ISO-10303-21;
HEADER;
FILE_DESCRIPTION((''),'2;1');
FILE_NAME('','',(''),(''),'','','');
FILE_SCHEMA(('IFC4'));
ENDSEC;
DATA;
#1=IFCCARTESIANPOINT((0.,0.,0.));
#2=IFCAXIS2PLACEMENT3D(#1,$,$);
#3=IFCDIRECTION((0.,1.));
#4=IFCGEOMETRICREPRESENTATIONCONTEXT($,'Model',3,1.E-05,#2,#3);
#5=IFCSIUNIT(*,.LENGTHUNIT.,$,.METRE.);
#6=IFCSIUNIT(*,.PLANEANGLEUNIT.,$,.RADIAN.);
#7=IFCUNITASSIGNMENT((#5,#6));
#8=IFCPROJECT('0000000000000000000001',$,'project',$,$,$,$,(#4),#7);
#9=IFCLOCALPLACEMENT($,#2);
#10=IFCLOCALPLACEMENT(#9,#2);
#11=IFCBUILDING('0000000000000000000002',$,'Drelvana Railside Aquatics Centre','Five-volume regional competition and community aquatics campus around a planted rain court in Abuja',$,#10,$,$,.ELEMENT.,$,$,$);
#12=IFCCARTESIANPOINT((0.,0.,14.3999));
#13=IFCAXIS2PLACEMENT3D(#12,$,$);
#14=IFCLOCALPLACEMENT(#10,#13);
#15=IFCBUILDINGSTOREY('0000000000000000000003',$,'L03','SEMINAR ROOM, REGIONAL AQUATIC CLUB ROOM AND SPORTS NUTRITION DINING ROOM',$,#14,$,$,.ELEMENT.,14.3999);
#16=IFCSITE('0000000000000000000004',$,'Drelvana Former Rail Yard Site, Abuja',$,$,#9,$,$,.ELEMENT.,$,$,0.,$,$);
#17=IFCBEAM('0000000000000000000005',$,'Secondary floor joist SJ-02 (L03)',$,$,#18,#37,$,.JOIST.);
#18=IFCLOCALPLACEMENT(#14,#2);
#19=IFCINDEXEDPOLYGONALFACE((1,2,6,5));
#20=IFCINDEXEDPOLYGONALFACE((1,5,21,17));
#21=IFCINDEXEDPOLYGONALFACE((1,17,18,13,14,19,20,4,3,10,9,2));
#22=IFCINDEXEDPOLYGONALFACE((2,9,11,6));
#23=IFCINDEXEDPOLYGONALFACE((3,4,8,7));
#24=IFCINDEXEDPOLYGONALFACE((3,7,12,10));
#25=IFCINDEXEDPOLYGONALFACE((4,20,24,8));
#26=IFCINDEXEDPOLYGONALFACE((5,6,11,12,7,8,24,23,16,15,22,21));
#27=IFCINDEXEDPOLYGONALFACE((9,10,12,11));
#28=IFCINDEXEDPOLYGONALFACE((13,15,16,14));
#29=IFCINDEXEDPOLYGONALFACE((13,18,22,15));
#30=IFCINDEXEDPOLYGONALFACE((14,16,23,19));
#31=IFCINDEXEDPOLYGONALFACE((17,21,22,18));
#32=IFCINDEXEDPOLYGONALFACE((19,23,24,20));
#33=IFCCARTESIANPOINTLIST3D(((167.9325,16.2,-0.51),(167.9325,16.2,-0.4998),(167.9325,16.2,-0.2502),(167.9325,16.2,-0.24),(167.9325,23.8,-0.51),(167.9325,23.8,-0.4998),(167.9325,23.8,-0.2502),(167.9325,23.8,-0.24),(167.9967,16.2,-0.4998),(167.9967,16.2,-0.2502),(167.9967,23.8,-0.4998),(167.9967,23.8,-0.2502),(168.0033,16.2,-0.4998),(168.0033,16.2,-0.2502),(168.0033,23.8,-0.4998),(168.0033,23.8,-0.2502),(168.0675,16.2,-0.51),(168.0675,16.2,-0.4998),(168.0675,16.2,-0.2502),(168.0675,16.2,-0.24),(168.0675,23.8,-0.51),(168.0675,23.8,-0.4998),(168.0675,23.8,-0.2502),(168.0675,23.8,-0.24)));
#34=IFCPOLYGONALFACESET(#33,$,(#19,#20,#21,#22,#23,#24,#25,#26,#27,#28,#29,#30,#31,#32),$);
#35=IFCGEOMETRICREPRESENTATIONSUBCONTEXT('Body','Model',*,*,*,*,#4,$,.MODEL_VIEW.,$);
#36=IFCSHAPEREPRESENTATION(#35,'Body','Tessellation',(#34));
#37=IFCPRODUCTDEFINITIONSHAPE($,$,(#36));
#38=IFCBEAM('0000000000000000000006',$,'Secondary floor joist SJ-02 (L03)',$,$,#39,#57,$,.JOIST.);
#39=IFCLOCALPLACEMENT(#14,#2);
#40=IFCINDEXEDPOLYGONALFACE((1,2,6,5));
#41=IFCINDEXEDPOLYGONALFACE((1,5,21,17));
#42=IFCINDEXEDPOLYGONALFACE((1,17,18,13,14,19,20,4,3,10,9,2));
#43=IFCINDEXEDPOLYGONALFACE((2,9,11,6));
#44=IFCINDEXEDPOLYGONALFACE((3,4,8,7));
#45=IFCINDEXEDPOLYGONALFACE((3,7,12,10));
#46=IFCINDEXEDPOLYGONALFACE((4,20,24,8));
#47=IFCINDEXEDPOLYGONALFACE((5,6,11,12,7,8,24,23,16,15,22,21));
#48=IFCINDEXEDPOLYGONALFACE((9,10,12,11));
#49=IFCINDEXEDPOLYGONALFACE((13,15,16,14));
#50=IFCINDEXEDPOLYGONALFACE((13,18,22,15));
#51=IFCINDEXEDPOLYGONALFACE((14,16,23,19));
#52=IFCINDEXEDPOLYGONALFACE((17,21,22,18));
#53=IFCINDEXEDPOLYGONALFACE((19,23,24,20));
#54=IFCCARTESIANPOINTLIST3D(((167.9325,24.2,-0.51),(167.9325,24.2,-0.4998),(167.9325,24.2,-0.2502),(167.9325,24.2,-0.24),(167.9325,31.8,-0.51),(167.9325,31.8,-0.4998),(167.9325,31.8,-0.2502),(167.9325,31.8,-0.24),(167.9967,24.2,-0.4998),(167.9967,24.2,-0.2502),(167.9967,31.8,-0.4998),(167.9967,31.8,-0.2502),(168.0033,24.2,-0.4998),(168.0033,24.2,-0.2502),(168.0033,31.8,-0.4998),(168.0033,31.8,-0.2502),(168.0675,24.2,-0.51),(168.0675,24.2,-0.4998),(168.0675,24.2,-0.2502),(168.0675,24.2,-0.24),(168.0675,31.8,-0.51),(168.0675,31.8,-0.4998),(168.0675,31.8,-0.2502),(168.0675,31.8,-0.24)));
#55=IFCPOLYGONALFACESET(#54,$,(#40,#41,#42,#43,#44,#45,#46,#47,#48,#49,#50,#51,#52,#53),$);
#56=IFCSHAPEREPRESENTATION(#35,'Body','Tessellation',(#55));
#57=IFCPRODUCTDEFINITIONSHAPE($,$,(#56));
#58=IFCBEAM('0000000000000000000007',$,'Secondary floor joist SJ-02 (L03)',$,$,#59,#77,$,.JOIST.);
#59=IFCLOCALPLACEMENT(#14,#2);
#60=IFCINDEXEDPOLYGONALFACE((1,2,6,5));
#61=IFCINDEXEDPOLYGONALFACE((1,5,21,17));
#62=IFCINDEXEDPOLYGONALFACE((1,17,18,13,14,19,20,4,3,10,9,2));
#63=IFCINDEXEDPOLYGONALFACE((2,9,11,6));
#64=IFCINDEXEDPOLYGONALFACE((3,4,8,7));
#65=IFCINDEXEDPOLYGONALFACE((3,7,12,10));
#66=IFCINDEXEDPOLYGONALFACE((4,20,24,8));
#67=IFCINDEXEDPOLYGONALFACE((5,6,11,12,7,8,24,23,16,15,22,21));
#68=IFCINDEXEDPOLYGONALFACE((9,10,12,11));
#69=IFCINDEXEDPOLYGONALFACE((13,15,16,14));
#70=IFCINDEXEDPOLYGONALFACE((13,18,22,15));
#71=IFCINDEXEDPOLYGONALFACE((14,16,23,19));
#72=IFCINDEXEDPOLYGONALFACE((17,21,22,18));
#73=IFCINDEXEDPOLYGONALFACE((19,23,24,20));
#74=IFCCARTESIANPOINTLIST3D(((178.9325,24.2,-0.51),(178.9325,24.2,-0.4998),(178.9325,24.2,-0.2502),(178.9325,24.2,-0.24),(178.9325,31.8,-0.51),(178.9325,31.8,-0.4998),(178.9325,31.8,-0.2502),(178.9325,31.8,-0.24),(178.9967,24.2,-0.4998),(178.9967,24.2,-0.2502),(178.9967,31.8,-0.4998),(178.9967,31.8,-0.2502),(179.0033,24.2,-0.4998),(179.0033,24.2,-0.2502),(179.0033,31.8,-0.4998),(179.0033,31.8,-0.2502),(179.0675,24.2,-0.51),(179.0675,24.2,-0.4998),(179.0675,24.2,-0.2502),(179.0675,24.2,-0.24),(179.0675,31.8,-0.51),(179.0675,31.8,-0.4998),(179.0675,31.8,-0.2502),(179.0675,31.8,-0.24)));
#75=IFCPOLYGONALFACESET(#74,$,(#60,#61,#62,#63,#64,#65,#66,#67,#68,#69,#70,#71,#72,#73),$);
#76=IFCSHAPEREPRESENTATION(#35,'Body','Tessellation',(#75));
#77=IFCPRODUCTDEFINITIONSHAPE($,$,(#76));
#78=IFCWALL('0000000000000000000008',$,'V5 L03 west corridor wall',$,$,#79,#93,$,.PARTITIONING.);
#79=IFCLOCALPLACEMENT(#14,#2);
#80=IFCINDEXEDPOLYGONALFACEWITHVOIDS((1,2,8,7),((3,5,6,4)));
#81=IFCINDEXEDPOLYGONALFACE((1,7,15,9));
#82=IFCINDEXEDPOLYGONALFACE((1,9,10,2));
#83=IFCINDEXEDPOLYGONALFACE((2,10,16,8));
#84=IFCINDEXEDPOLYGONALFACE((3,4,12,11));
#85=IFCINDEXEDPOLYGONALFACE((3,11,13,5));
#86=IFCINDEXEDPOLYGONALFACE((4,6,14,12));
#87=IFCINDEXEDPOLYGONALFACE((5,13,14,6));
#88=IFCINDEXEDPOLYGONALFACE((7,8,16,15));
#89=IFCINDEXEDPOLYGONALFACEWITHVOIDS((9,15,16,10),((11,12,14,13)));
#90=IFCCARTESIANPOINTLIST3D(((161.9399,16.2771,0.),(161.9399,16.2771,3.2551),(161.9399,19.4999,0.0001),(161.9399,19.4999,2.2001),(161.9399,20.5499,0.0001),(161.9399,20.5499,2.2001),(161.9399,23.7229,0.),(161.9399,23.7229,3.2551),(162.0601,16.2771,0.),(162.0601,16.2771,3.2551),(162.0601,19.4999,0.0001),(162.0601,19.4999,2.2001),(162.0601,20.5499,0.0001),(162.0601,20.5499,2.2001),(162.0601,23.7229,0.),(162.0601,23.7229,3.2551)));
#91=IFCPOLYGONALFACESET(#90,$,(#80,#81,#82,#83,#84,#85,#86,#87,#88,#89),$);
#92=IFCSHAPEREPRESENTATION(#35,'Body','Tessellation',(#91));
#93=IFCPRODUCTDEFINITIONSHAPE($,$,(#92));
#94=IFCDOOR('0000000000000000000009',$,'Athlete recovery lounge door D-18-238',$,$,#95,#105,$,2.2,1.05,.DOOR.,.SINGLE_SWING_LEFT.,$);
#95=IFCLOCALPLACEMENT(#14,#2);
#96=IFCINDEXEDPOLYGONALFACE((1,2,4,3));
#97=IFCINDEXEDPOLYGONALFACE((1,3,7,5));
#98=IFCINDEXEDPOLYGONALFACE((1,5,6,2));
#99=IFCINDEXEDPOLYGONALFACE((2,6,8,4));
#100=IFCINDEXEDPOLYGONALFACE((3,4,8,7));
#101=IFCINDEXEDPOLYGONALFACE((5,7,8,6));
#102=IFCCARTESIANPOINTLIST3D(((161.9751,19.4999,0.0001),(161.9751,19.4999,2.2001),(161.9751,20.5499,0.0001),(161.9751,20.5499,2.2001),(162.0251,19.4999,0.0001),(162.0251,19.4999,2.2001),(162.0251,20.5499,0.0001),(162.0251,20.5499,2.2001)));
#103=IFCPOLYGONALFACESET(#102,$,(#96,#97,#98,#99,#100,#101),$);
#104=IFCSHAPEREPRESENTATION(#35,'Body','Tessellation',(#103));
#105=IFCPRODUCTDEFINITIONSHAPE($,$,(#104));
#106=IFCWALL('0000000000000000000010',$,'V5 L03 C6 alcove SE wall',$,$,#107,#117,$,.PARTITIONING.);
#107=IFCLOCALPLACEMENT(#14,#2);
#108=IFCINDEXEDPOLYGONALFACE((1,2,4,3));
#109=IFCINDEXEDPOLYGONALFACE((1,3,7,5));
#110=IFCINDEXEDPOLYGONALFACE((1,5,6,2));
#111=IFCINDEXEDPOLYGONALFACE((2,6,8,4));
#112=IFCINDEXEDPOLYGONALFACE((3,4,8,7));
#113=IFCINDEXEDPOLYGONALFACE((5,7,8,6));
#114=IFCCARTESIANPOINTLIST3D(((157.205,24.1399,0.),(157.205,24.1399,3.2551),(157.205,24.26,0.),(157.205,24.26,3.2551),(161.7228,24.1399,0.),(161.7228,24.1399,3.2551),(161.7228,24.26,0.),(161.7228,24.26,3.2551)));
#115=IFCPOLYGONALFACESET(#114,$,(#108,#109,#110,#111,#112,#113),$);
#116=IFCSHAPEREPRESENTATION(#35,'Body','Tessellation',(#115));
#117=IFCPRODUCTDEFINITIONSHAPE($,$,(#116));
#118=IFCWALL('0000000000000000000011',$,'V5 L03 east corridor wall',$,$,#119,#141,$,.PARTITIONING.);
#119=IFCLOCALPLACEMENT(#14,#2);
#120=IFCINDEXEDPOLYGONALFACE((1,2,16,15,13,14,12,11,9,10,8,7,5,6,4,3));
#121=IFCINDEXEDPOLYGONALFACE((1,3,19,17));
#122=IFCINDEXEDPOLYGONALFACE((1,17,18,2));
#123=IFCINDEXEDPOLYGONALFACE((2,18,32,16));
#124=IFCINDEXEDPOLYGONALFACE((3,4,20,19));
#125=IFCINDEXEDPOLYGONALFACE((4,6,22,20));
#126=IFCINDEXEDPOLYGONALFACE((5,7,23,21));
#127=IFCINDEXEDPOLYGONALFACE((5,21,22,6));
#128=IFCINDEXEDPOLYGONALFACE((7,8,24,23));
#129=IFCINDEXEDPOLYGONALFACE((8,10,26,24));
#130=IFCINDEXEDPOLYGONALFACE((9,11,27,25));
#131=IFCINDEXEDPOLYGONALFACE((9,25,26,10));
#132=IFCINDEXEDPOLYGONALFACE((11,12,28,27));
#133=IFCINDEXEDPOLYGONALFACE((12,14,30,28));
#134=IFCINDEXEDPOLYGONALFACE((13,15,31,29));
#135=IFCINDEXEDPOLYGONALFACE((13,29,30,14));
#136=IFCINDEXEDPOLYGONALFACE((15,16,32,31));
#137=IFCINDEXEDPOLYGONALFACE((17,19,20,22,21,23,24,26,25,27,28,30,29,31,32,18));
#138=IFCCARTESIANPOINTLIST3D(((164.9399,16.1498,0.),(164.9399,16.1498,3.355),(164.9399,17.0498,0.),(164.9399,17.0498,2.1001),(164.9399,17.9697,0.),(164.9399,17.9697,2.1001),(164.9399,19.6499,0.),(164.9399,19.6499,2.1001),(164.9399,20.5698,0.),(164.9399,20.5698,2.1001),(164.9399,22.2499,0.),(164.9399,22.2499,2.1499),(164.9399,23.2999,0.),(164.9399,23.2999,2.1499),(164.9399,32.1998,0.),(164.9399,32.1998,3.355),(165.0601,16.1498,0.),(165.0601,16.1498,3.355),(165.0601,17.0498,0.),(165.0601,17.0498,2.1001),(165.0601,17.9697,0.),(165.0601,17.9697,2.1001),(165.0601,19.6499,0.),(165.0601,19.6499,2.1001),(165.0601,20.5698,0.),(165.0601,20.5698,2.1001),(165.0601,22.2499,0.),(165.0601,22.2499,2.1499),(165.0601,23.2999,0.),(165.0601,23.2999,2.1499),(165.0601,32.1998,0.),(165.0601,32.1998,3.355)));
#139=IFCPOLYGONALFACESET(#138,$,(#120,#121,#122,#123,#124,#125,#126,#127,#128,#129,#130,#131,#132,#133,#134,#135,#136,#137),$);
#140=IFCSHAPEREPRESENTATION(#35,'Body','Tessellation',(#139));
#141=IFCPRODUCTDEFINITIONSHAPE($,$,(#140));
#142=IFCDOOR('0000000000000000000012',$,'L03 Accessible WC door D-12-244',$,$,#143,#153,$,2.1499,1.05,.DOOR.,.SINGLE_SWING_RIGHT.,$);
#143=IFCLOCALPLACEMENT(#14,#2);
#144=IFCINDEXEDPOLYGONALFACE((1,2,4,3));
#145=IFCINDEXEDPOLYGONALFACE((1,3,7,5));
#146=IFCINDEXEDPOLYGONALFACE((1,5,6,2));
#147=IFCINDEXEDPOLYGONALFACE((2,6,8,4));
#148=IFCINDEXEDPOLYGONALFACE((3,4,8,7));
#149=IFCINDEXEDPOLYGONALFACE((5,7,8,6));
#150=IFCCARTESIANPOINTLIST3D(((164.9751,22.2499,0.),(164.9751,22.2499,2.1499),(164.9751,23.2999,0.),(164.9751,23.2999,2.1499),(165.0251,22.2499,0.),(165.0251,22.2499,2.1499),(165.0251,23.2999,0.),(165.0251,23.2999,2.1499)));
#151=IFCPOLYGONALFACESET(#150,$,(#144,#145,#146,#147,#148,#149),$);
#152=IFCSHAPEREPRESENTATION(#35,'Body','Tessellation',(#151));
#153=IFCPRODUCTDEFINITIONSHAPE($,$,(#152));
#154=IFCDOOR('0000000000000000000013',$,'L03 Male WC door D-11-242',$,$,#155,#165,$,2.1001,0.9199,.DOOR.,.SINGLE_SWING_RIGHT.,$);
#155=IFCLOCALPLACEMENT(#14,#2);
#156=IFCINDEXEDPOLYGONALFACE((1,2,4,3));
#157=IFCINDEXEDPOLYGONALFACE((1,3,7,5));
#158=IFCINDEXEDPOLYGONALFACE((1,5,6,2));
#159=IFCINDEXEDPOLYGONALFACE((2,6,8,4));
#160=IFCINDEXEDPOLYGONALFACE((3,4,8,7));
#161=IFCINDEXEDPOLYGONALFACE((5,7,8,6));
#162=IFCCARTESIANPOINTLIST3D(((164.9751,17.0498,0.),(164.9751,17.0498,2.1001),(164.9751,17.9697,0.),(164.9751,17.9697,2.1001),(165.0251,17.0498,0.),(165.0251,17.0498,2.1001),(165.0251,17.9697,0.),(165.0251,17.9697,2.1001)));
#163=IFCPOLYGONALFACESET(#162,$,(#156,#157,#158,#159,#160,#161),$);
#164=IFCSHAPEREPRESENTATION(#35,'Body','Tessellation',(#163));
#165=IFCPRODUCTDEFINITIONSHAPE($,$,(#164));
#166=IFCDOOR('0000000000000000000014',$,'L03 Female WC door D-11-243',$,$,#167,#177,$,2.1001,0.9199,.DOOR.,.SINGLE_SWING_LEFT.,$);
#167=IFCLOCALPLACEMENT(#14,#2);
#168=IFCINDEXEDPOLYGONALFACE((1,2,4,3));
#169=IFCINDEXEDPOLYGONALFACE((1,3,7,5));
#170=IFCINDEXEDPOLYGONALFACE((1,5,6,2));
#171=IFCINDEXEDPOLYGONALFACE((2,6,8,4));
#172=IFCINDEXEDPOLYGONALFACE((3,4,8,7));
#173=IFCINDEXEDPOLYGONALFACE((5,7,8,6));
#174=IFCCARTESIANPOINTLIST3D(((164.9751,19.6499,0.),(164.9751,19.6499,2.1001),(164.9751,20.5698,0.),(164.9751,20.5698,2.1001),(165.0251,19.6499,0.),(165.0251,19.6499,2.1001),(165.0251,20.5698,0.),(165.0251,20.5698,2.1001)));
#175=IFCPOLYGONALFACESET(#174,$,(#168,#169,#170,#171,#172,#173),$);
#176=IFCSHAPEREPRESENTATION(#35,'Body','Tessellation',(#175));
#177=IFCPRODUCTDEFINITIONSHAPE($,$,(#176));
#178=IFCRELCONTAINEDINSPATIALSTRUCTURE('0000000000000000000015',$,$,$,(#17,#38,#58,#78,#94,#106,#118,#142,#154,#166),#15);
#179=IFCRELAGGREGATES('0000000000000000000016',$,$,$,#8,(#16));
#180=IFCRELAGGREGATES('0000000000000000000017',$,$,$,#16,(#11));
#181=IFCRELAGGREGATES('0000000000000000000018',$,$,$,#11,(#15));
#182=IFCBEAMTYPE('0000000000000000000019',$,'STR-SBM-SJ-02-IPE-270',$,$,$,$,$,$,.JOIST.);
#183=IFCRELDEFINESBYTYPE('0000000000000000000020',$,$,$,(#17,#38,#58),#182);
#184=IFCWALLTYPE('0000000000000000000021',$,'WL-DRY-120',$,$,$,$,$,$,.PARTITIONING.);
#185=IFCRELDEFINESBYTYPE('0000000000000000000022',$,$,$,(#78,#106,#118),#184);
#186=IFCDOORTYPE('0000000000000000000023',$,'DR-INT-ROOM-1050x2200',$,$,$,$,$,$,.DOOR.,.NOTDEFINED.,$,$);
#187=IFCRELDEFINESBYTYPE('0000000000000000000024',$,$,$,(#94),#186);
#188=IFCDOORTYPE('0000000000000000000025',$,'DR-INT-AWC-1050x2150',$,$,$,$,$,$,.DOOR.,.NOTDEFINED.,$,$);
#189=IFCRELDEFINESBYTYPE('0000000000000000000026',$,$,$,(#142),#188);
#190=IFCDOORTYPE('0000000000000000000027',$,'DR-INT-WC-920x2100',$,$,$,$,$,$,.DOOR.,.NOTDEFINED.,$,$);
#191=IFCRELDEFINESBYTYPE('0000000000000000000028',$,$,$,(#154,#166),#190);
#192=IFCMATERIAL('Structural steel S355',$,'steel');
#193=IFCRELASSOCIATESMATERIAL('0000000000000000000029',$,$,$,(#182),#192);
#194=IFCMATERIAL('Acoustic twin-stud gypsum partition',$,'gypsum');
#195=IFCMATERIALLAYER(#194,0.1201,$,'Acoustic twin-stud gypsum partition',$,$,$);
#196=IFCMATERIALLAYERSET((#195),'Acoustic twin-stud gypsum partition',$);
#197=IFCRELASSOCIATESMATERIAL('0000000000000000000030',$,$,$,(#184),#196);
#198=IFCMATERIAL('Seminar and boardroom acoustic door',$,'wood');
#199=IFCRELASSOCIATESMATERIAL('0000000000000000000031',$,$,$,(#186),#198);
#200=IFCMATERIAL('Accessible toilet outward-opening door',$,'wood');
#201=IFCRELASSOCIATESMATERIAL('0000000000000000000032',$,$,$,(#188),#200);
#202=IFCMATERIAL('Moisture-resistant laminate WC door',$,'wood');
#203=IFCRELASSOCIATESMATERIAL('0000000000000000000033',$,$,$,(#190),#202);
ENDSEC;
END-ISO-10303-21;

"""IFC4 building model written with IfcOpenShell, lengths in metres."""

from ifc_helpers import new_model, si_unit, direction, frame, frame_2d, origin, origin_2d, place, context, subcontext, project, spatial, rectangle, i_section, extrude, material, layer, layer_set, material_profile, profile_set, type_object, element, fill, save


model = new_model("IFC4")

# Units and contexts
model_context = context("Model", 3, precision=1e-05, world=origin(), true_north=direction((0.0, 1.0)))
body_context = subcontext(model_context, "Body", "Model", "MODEL_VIEW")
ifc_project = project(units=[si_unit("LENGTHUNIT", "METRE"), si_unit("PLANEANGLEUNIT", "RADIAN")], contexts=[model_context])

# Site, building, storey
site_placement = place(None, origin())
site = spatial("IfcSite", under=ifc_project, at=site_placement, Name="Drelvana Former Rail Yard Site, Abuja", CompositionType="ELEMENT", RefElevation=0.0)
building_placement = place(site_placement, origin())
building = spatial("IfcBuilding", under=site, at=building_placement, Name="Drelvana Railside Aquatics Centre", Description="Five-volume regional competition and community aquatics campus around a planted rain court in Abuja", CompositionType="ELEMENT")
storey_placement = place(building_placement, frame((0.0, 0.0, 14.3999)))
storey = spatial("IfcBuildingStorey", under=building, at=storey_placement, Name="L03", Description="SEMINAR ROOM, REGIONAL AQUATIC CLUB ROOM AND SPORTS NUTRITION DINING ROOM", CompositionType="ELEMENT", Elevation=14.3999)

# Beams
ifc_material_1 = material(Name="Structural steel S355", Category="steel")
ifc_material_profile_1 = material_profile(ifc_material_1, i_section(OverallWidth=0.135, OverallDepth=0.27, WebThickness=0.0066, FlangeThickness=0.0103, at=origin_2d()), Name="IPE 270")
ifc_profile_set_1 = profile_set([ifc_material_profile_1], Name="Structural steel S355")
beam_type_1 = type_object("IfcBeamType", Name="STR-SBM-SJ-02-IPE-270", PredefinedType="JOIST", material=ifc_profile_set_1)
for number, where, z_axis, x_axis, name in (
    (1, (168.0, 16.2, -0.375), (0.0, 1.0, 0.0), (-1.0, 0.0, 0.0), "Secondary floor joist SJ-02 (L03)"),
    (2, (168.0, 24.2, -0.375), (0.0, 1.0, 0.0), (-1.0, 0.0, 0.0), "Secondary floor joist SJ-02 (L03)"),
    (3, (179.0, 24.2, -0.375), (0.0, 1.0, 0.0), (-1.0, 0.0, 0.0), "Secondary floor joist SJ-02 (L03)"),
):
    element("IfcBeam", number, at=place(storey_placement, frame(where, z_axis=z_axis, x_axis=x_axis)), inside=storey, type_object=beam_type_1, Name=name, PredefinedType="JOIST", context=body_context, shape_type="SweptSolid", body=[
        extrude(i_section(OverallWidth=0.135, OverallDepth=0.27, WebThickness=0.0066, FlangeThickness=0.0103, at=origin_2d()), origin(), (0.0, 0.0, 1.0), 7.6001),
    ])

# Wall, opening, door
ifc_material_2 = material(Name="Acoustic twin-stud gypsum partition", Category="gypsum")
ifc_layer_1 = layer(ifc_material_2, 0.1201, Name="Acoustic twin-stud gypsum partition")
ifc_layer_set_1 = layer_set([ifc_layer_1], Name="Acoustic twin-stud gypsum partition")
wall_type_1 = type_object("IfcWallType", Name="WL-DRY-120", PredefinedType="PARTITIONING", material=ifc_layer_set_1)
wall_1_placement = place(storey_placement, frame((162.0, 16.2771, 0.0), z_axis=(0.0, 0.0, 1.0), x_axis=(0.0, 1.0, 0.0)))
wall_1 = element("IfcWall", 4, at=wall_1_placement, inside=storey, type_object=wall_type_1, Name="V5 L03 west corridor wall", PredefinedType="PARTITIONING", context=body_context, shape_type="SweptSolid", body=[
    extrude(rectangle(XDim=7.4458, YDim=0.1201, at=frame_2d((3.7229, 0.0))), origin(), (0.0, 0.0, 1.0), 3.2551),
])
opening_1_placement = place(wall_1_placement, frame((3.2229, 0.0, 0.0)))
opening_1 = element("IfcOpeningElement", 5, at=opening_1_placement, cuts=wall_1, PredefinedType="OPENING", context=body_context, shape_type="SweptSolid", body=[
    extrude(rectangle(XDim=1.05, YDim=2.2, at=frame_2d((0.5249, 1.1001))), frame((0.0, 0.0701, 0.0), z_axis=(0.0, -1.0, 0.0), x_axis=(1.0, 0.0, 0.0)), (0.0, 0.0, 1.0), 0.1401),
])
ifc_material_3 = material(Name="Seminar and boardroom acoustic door", Category="wood")
door_type_1 = type_object("IfcDoorType", Name="DR-INT-ROOM-1050x2200", OperationType="NOTDEFINED", PredefinedType="DOOR", material=ifc_material_3)
door_1_placement = place(opening_1_placement, origin())
door_1 = element("IfcDoor", 6, at=door_1_placement, inside=storey, type_object=door_type_1, Name="Athlete recovery lounge door D-18-238", OperationType="SINGLE_SWING_LEFT", OverallHeight=2.2, OverallWidth=1.05, PredefinedType="DOOR", context=body_context, shape_type="SweptSolid", body=[
    extrude(rectangle(XDim=1.05, YDim=2.2, at=frame_2d((0.5249, 1.1001))), frame((0.0, 0.0249, 0.0), z_axis=(0.0, -1.0, 0.0), x_axis=(1.0, 0.0, 0.0)), (0.0, 0.0, 1.0), 0.05),
])
fill(opening_1, door_1)

# Wall
wall_2_placement = place(storey_placement, frame((157.2051, 24.2, 0.0), z_axis=(0.0, 0.0, 1.0), x_axis=(1.0, 0.0, 0.0)))
element("IfcWall", 7, at=wall_2_placement, inside=storey, type_object=wall_type_1, Name="V5 L03 C6 alcove SE wall", PredefinedType="PARTITIONING", context=body_context, shape_type="SweptSolid", body=[
    extrude(rectangle(XDim=4.5178, YDim=0.1201, at=frame_2d((2.2588, 0.0))), origin(), (0.0, 0.0, 1.0), 3.2551),
])

# Wall, openings, doors
wall_3_placement = place(storey_placement, frame((165.0, 16.1499, 0.0), z_axis=(0.0, 0.0, 1.0), x_axis=(0.0, 1.0, 0.0)))
wall_3 = element("IfcWall", 8, at=wall_3_placement, inside=storey, type_object=wall_type_1, Name="V5 L03 east corridor wall", PredefinedType="PARTITIONING", context=body_context, shape_type="SweptSolid", body=[
    extrude(rectangle(XDim=16.05, YDim=0.1201, at=frame_2d((8.0249, 0.0))), origin(), (0.0, 0.0, 1.0), 3.355),
])
opening_2_placement = place(wall_3_placement, frame((0.8999, 0.0, 0.0)))
opening_2 = element("IfcOpeningElement", 9, at=opening_2_placement, cuts=wall_3, PredefinedType="OPENING", context=body_context, shape_type="SweptSolid", body=[
    extrude(rectangle(XDim=0.9199, YDim=2.1001, at=frame_2d((0.46, 1.05))), frame((0.0, 0.0701, 0.0), z_axis=(0.0, -1.0, 0.0), x_axis=(1.0, 0.0, 0.0)), (0.0, 0.0, 1.0), 0.1401),
])
opening_3_placement = place(wall_3_placement, frame((3.5, 0.0, 0.0)))
opening_3 = element("IfcOpeningElement", 10, at=opening_3_placement, cuts=wall_3, PredefinedType="OPENING", context=body_context, shape_type="SweptSolid", body=[
    extrude(rectangle(XDim=0.9199, YDim=2.1001, at=frame_2d((0.46, 1.05))), frame((0.0, 0.0701, 0.0), z_axis=(0.0, -1.0, 0.0), x_axis=(1.0, 0.0, 0.0)), (0.0, 0.0, 1.0), 0.1401),
])
opening_4_placement = place(wall_3_placement, frame((6.1001, 0.0, 0.0)))
opening_4 = element("IfcOpeningElement", 11, at=opening_4_placement, cuts=wall_3, PredefinedType="OPENING", context=body_context, shape_type="SweptSolid", body=[
    extrude(rectangle(XDim=1.05, YDim=2.1499, at=frame_2d((0.5249, 1.075))), frame((0.0, 0.0701, 0.0), z_axis=(0.0, -1.0, 0.0), x_axis=(1.0, 0.0, 0.0)), (0.0, 0.0, 1.0), 0.1401),
])
ifc_material_4 = material(Name="Accessible toilet outward-opening door", Category="wood")
door_type_2 = type_object("IfcDoorType", Name="DR-INT-AWC-1050x2150", OperationType="NOTDEFINED", PredefinedType="DOOR", material=ifc_material_4)
door_2_placement = place(opening_4_placement, origin())
door_2 = element("IfcDoor", 12, at=door_2_placement, inside=storey, type_object=door_type_2, Name="L03 Accessible WC door D-12-244", OperationType="SINGLE_SWING_RIGHT", OverallHeight=2.1499, OverallWidth=1.05, PredefinedType="DOOR", context=body_context, shape_type="SweptSolid", body=[
    extrude(rectangle(XDim=1.05, YDim=2.1499, at=frame_2d((0.5249, 1.075))), frame((0.0, 0.0249, 0.0), z_axis=(0.0, -1.0, 0.0), x_axis=(1.0, 0.0, 0.0)), (0.0, 0.0, 1.0), 0.05),
])
fill(opening_4, door_2)
ifc_material_5 = material(Name="Moisture-resistant laminate WC door", Category="wood")
door_type_3 = type_object("IfcDoorType", Name="DR-INT-WC-920x2100", OperationType="NOTDEFINED", PredefinedType="DOOR", material=ifc_material_5)
door_3_placement = place(opening_2_placement, origin())
door_3 = element("IfcDoor", 13, at=door_3_placement, inside=storey, type_object=door_type_3, Name="L03 Male WC door D-11-242", OperationType="SINGLE_SWING_RIGHT", OverallHeight=2.1001, OverallWidth=0.9199, PredefinedType="DOOR", context=body_context, shape_type="SweptSolid", body=[
    extrude(rectangle(XDim=0.9199, YDim=2.1001, at=frame_2d((0.46, 1.05))), frame((0.0, 0.0249, 0.0), z_axis=(0.0, -1.0, 0.0), x_axis=(1.0, 0.0, 0.0)), (0.0, 0.0, 1.0), 0.05),
])
fill(opening_2, door_3)
door_4_placement = place(opening_3_placement, origin())
door_4 = element("IfcDoor", 14, at=door_4_placement, inside=storey, type_object=door_type_3, Name="L03 Female WC door D-11-243", OperationType="SINGLE_SWING_LEFT", OverallHeight=2.1001, OverallWidth=0.9199, PredefinedType="DOOR", context=body_context, shape_type="SweptSolid", body=[
    extrude(rectangle(XDim=0.9199, YDim=2.1001, at=frame_2d((0.46, 1.05))), frame((0.0, 0.0249, 0.0), z_axis=(0.0, -1.0, 0.0), x_axis=(1.0, 0.0, 0.0)), (0.0, 0.0, 1.0), 0.05),
])
fill(opening_3, door_4)

save(model, "model.ifc")
